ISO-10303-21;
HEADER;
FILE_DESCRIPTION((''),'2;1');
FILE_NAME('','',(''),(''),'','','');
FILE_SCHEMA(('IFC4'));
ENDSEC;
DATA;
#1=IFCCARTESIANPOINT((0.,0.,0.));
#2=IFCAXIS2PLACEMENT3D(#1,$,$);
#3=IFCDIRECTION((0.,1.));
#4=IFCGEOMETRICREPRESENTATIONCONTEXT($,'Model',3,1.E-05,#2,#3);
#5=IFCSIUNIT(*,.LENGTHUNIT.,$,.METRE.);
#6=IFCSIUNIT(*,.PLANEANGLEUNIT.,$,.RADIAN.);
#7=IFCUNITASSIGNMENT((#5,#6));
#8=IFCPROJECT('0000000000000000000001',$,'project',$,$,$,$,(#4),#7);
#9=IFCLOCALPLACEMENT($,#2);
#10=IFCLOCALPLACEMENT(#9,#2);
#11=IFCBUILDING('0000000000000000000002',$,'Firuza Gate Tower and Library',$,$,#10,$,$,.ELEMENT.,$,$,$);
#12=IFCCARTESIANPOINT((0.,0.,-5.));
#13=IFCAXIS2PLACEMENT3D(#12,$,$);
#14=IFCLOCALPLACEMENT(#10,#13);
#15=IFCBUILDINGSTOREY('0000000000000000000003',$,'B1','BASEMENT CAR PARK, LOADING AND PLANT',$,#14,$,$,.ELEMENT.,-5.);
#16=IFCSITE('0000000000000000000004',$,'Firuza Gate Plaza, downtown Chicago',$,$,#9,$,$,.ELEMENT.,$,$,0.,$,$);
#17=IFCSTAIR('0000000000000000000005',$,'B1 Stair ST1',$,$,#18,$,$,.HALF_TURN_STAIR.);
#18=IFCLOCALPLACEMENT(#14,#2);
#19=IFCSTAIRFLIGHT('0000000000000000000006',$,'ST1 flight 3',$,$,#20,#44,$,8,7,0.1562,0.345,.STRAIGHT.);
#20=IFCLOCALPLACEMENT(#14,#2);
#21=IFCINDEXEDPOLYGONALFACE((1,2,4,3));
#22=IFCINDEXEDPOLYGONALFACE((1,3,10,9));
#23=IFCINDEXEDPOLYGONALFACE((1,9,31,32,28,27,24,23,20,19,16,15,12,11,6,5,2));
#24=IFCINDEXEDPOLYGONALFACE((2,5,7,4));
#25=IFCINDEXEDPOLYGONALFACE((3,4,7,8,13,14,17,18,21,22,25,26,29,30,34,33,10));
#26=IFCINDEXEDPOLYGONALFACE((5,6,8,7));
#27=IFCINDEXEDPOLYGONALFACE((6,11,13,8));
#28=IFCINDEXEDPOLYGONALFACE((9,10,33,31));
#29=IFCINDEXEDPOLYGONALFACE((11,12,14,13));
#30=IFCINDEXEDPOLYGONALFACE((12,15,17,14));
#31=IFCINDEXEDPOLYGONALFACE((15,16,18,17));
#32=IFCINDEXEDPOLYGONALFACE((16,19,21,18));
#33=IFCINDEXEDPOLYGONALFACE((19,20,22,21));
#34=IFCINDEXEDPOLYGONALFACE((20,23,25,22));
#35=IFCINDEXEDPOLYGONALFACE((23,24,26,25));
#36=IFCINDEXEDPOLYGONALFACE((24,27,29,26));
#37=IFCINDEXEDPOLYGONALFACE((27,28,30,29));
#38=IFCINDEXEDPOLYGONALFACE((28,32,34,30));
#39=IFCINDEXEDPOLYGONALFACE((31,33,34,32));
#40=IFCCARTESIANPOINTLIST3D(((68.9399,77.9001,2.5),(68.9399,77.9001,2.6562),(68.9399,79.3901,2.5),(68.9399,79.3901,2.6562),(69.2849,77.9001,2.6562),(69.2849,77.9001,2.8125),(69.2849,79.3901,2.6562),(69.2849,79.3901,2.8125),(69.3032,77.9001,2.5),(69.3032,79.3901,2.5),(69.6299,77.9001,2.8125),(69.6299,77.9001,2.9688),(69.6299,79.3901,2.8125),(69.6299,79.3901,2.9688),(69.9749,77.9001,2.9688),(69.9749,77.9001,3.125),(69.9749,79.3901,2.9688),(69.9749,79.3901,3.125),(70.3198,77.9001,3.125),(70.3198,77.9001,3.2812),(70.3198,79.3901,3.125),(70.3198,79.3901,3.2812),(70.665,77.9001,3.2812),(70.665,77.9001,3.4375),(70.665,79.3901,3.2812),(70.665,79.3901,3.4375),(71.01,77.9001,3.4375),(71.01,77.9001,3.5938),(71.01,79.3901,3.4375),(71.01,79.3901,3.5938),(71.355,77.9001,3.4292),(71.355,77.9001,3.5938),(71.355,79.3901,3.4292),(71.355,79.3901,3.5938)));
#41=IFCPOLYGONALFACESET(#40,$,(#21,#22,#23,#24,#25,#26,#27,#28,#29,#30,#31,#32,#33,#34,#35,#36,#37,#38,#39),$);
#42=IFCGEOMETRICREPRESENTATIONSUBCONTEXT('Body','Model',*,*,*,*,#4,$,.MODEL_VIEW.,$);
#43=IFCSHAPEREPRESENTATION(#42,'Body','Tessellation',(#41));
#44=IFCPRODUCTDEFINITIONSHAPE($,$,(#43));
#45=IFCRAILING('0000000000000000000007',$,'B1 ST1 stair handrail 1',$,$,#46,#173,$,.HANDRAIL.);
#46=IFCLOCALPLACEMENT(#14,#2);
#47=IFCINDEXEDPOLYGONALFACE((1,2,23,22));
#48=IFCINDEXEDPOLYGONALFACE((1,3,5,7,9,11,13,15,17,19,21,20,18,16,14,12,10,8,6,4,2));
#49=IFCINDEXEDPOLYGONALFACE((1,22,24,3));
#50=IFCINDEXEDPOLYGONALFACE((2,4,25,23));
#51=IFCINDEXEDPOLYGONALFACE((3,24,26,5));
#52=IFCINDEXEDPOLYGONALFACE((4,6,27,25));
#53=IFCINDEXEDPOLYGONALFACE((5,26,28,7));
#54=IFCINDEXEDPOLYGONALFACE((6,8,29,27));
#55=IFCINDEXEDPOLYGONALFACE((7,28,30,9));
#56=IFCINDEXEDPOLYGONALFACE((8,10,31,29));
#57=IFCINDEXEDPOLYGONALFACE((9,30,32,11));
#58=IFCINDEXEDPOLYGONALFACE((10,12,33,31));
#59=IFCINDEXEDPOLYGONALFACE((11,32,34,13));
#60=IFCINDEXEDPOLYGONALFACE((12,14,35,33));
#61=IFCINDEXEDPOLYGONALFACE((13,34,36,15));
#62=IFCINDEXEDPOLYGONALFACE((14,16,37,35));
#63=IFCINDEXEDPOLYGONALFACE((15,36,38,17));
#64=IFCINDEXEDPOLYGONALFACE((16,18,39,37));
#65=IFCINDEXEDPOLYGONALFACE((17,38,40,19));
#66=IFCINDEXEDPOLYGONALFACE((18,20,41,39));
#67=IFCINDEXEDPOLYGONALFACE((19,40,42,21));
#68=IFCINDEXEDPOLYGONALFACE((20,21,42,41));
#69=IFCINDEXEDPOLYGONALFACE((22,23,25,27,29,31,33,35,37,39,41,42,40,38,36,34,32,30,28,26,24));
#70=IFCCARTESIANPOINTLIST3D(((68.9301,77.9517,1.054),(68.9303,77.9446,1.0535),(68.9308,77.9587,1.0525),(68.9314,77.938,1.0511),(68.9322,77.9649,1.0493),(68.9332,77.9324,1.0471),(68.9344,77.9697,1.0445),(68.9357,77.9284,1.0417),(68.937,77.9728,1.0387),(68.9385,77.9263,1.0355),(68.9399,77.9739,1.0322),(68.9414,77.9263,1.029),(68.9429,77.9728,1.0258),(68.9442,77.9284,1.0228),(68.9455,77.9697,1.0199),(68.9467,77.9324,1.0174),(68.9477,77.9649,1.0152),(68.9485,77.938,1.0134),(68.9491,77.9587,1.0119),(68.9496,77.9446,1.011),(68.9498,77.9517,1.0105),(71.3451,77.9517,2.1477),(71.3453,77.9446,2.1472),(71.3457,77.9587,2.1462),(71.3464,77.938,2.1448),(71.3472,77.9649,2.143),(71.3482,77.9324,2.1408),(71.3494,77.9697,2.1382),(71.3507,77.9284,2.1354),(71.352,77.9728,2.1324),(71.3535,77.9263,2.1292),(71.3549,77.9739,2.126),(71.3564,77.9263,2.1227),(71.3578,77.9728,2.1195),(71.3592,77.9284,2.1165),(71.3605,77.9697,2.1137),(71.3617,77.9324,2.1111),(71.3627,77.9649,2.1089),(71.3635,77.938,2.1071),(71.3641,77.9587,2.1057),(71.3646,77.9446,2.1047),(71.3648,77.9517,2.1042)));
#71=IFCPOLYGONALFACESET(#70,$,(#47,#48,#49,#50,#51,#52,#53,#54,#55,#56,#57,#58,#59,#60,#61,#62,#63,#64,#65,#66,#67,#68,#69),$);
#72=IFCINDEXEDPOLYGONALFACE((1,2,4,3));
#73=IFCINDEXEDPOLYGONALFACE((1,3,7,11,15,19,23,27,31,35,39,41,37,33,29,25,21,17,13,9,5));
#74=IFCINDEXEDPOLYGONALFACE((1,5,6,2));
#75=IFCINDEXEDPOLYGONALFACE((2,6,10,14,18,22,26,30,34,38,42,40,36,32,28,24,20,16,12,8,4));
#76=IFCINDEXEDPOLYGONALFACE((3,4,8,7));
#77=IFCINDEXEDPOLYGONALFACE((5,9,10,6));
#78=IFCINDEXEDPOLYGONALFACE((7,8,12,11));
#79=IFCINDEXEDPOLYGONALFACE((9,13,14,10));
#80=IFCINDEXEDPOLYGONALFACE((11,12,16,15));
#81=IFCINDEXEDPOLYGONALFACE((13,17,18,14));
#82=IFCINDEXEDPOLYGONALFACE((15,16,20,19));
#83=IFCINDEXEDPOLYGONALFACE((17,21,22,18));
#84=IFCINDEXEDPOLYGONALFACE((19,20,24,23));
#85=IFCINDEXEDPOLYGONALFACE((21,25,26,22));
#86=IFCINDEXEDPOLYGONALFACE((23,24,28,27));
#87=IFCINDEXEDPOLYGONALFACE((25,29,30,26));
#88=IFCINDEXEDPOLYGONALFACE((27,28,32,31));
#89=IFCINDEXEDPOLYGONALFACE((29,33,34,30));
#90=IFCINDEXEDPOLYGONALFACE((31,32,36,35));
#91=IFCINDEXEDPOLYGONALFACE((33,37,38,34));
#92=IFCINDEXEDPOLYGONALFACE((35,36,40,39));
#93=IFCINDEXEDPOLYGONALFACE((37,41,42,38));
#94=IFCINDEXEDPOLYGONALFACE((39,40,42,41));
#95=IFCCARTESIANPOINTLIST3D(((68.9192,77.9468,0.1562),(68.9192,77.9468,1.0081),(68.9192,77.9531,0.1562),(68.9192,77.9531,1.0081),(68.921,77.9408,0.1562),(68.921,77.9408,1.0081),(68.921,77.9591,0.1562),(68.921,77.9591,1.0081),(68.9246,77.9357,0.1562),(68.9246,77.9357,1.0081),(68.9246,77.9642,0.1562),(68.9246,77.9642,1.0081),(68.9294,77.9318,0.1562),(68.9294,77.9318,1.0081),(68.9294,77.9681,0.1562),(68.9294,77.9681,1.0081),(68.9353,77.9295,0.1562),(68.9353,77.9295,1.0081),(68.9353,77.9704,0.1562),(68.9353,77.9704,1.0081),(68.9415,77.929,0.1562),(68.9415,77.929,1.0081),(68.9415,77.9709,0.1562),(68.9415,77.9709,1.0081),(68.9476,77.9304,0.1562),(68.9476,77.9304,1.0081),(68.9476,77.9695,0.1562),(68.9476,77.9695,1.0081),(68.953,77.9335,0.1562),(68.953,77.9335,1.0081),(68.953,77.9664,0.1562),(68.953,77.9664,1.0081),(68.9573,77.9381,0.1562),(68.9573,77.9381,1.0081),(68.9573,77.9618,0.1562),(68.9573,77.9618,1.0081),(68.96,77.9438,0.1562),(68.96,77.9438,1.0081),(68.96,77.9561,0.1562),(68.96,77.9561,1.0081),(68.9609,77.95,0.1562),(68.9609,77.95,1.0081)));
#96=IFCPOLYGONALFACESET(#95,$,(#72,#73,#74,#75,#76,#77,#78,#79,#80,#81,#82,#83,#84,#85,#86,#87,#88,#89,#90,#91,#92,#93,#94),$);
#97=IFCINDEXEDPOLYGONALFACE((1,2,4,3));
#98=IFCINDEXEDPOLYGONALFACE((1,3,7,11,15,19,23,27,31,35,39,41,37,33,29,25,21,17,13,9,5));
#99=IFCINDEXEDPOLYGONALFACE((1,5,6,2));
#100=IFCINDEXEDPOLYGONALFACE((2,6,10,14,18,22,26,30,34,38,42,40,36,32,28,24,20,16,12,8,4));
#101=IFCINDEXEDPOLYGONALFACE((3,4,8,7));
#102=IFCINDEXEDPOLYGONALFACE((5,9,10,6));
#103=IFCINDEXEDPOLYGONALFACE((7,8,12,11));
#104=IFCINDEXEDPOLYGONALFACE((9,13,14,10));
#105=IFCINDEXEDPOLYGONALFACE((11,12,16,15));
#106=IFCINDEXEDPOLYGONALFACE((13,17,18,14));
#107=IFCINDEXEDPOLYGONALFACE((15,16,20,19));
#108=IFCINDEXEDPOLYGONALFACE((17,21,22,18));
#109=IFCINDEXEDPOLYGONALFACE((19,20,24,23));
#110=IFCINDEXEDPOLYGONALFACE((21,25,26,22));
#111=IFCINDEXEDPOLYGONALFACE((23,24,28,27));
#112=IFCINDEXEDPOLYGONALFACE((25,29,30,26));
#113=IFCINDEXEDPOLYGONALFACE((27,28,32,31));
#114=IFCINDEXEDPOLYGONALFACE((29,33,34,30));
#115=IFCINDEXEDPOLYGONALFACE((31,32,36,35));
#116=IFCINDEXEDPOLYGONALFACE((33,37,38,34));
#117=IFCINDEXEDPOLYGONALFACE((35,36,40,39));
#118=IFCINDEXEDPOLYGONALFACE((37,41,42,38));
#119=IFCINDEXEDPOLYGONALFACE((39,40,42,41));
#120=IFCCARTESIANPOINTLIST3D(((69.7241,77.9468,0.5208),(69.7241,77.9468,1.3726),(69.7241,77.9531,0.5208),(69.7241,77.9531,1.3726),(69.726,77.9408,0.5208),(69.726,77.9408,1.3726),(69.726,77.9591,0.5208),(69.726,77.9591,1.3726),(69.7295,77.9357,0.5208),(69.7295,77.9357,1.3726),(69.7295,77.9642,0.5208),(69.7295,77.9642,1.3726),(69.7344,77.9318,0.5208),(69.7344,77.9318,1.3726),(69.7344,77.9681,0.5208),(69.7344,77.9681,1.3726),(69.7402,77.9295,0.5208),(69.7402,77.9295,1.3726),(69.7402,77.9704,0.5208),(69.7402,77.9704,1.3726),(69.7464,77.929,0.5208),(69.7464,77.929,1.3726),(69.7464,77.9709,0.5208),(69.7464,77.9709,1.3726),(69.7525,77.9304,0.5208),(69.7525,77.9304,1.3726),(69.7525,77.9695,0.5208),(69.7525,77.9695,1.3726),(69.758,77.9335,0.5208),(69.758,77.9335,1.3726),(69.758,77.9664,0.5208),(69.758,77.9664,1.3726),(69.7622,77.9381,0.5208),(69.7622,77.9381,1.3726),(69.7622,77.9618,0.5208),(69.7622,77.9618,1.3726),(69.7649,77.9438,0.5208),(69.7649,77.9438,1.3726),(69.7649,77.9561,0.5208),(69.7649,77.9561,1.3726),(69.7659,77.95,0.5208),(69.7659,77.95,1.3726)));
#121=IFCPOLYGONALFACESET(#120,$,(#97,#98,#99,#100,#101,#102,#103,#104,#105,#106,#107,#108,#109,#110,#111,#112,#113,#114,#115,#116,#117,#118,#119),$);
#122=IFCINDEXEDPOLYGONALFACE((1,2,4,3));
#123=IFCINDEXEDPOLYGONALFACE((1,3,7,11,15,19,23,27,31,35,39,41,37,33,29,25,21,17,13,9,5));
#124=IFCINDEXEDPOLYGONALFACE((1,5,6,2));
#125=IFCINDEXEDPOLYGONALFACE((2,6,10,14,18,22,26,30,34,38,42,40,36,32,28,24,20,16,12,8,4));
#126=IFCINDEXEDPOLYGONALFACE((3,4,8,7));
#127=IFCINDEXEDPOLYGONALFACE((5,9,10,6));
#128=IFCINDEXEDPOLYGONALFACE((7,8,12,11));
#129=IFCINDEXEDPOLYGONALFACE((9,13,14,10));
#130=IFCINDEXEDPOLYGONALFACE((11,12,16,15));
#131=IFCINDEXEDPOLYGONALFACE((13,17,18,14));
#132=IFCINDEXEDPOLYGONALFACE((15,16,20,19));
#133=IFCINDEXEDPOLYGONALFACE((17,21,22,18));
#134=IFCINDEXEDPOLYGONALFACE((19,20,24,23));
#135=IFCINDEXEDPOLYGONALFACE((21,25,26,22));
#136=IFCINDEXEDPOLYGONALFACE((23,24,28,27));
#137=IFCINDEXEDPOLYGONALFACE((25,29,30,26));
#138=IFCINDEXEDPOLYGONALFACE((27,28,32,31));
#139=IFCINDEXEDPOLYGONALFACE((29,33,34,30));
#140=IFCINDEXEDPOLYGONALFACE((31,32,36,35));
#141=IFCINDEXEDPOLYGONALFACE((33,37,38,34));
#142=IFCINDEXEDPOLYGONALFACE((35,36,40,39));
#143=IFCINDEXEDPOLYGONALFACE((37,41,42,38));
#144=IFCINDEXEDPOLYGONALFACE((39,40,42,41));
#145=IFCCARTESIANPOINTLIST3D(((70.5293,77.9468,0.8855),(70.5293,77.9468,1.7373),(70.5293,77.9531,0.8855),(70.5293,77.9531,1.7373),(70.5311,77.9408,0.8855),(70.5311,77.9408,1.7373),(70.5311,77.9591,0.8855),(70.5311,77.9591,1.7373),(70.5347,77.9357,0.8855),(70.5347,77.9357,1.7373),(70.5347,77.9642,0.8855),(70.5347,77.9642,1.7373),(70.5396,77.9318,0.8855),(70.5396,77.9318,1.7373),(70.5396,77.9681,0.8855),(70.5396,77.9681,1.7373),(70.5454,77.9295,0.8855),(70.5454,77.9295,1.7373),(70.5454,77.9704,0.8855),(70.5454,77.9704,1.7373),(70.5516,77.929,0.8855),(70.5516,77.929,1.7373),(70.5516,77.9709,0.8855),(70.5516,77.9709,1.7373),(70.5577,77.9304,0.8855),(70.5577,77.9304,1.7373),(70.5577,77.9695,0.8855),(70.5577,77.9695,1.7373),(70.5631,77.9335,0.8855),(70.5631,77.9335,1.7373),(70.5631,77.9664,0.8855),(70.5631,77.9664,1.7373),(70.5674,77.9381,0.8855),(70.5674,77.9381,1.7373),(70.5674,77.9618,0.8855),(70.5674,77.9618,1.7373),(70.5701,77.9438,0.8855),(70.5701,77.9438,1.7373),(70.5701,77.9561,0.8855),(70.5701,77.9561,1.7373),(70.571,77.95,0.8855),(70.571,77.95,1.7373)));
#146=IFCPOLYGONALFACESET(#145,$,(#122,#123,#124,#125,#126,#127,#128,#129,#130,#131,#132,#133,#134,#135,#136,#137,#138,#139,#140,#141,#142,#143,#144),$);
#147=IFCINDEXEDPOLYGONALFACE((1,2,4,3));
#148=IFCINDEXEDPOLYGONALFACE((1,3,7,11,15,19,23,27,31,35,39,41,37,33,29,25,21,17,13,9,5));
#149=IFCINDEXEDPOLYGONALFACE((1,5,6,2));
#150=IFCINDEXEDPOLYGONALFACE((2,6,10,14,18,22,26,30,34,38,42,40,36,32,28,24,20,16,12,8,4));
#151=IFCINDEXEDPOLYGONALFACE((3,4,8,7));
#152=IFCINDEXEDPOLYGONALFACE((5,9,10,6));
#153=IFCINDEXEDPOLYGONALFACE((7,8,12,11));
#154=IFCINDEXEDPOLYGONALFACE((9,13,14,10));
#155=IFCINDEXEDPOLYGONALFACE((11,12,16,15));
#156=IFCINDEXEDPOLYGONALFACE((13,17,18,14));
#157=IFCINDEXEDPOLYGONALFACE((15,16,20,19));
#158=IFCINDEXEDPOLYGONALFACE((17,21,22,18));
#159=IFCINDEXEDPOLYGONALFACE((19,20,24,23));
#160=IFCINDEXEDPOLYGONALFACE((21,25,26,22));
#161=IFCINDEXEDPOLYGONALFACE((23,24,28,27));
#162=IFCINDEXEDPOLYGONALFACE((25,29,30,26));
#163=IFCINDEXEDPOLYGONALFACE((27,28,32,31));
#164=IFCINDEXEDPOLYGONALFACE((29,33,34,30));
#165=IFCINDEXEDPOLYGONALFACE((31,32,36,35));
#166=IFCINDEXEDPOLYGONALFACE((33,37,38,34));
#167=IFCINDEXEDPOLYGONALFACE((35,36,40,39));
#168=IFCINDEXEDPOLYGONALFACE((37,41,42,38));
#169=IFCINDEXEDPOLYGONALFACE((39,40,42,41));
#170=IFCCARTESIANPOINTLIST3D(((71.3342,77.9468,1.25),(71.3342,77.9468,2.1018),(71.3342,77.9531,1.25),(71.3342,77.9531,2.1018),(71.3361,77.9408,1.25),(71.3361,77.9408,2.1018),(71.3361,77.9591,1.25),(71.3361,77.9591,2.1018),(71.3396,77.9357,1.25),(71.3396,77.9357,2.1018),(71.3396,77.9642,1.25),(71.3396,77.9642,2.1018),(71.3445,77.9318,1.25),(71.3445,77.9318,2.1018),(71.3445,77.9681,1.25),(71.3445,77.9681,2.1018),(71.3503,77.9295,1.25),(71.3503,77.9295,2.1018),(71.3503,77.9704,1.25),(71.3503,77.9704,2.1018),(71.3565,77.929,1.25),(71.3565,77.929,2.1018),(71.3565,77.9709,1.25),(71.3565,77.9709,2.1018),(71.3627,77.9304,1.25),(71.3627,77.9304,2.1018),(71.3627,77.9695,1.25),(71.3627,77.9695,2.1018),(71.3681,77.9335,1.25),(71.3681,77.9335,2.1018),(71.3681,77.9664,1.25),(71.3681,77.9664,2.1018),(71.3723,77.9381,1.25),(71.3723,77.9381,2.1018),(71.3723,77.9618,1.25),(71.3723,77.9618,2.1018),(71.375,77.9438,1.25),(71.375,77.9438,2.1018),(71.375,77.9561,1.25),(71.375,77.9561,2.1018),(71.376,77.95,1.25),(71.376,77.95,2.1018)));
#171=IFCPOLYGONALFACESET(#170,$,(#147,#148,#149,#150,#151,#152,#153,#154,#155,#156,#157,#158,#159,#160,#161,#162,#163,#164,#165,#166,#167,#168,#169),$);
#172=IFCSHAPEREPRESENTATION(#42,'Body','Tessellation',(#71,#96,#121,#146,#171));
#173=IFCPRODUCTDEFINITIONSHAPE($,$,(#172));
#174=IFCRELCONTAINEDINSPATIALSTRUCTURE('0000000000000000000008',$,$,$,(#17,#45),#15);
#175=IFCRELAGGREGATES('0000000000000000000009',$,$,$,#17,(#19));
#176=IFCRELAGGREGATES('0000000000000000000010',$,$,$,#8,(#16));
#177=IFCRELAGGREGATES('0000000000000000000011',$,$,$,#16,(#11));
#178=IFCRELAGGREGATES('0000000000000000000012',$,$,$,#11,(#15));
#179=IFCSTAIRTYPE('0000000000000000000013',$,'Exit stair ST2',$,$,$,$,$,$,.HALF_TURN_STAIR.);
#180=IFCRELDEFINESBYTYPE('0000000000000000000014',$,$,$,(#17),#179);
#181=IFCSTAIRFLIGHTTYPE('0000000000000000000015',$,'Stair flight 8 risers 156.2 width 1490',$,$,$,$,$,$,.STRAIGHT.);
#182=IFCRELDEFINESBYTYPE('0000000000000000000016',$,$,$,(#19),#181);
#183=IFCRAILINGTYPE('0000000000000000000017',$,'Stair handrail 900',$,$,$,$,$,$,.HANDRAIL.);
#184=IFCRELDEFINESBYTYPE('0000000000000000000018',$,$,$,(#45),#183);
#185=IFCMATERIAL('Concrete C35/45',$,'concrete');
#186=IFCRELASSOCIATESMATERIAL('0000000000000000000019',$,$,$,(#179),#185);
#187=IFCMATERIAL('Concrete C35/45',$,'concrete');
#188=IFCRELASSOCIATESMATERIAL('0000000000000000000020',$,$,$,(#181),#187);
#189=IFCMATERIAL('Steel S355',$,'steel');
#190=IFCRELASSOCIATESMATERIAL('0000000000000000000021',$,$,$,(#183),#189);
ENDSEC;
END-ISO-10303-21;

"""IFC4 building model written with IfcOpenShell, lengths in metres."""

from ifc_helpers import new_model, si_unit, direction, frame, origin, origin_2d, place, context, subcontext, project, spatial, polyline, circle, outline, extrude, material, type_object, element, aggregate, save


model = new_model("IFC4")

# Units and contexts
model_context = context("Model", 3, precision=1e-05, world=origin(), true_north=direction((0.0, 1.0)))
body_context = subcontext(model_context, "Body", "Model", "MODEL_VIEW")
ifc_project = project(units=[si_unit("LENGTHUNIT", "METRE"), si_unit("PLANEANGLEUNIT", "RADIAN")], contexts=[model_context])

# Site, building, storey
site_placement = place(None, origin())
site = spatial("IfcSite", under=ifc_project, at=site_placement, Name="Firuza Gate Plaza, downtown Chicago", CompositionType="ELEMENT", RefElevation=0.0)
building_placement = place(site_placement, origin())
building = spatial("IfcBuilding", under=site, at=building_placement, Name="Firuza Gate Tower and Library", CompositionType="ELEMENT")
storey_placement = place(building_placement, frame((0.0, 0.0, -5.0)))
storey = spatial("IfcBuildingStorey", under=building, at=storey_placement, Name="B1", Description="BASEMENT CAR PARK, LOADING AND PLANT", CompositionType="ELEMENT", Elevation=-5.0)

# Stair, stair flight
ifc_material_1 = material(Name="Concrete C35/45", Category="concrete")
stair_type = type_object("IfcStairType", Name="Exit stair ST2", PredefinedType="HALF_TURN_STAIR", material=ifc_material_1)
stair_placement = place(storey_placement, origin())
stair = element("IfcStair", 1, at=stair_placement, inside=storey, type_object=stair_type, Name="B1 Stair ST1", PredefinedType="HALF_TURN_STAIR")
ifc_material_2 = material(Name="Concrete C35/45", Category="concrete")
stair_flight_type = type_object("IfcStairFlightType", Name="Stair flight 8 risers 156.2 width 1490", PredefinedType="STRAIGHT", material=ifc_material_2)
stair_flight_1_placement = place(storey_placement, frame((68.9399, 78.645, 2.5), z_axis=(0.0, 0.0, 1.0), x_axis=(1.0, 0.0, 0.0)))
stair_flight_1 = element("IfcStairFlight", 2, at=stair_flight_1_placement, type_object=stair_flight_type, Name="ST1 flight 3", NumberOfRisers=8, NumberOfTreads=7, PredefinedType="STRAIGHT", RiserHeight=0.1562, TreadLength=0.345, context=body_context, shape_type="SweptSolid", body=[
    extrude(outline(polyline([(0.0, 0.0), (0.0, 0.1562), (0.345, 0.1562), (0.345, 0.3125), (0.6899, 0.3125), (0.6899, 0.4688), (1.0349, 0.4688), (1.0349, 0.625), (1.3799, 0.625), (1.3799, 0.7812), (1.7251, 0.7812), (1.7251, 0.9375), (2.0701, 0.9375), (2.0701, 1.0938), (2.415, 1.0938), (2.415, 1.25), (2.415, 0.9292), (0.3633, 0.0), (0.0, 0.0)])), frame((0.0, 0.7451, 0.0), z_axis=(0.0, -1.0, 0.0), x_axis=(1.0, 0.0, 0.0)), (0.0, 0.0, 1.0), 1.49),
])
aggregate(stair, [stair_flight_1])

# Railing
ifc_material_3 = material(Name="Steel S355", Category="steel")
railing_type_1 = type_object("IfcRailingType", Name="Stair handrail 900", PredefinedType="HANDRAIL", material=ifc_material_3)
for number, where, name in (
    (3, (68.9399, 77.95, 0.1562), "B1 ST1 stair handrail 1"),
):
    element("IfcRailing", number, at=place(storey_placement, frame(where)), inside=storey, type_object=railing_type_1, Name=name, PredefinedType="HANDRAIL", context=body_context, shape_type="SweptSolid", body=[
        extrude(circle(Radius=0.0239, at=origin_2d()), frame((0.0, 0.0, 0.876), z_axis=(0.910933, 0.0, 0.412554), x_axis=(0.0, 1.0, 0.0)), (0.0, 0.0, 1.0), 2.6511),
        extrude(circle(Radius=0.021, at=origin_2d()), origin(), (0.0, 0.0, 1.0), 0.8518),
        extrude(circle(Radius=0.021, at=origin_2d()), frame((0.8049, 0.0, 0.3645)), (0.0, 0.0, 1.0), 0.8518),
        extrude(circle(Radius=0.021, at=origin_2d()), frame((1.6101, 0.0, 0.7292)), (0.0, 0.0, 1.0), 0.8518),
        extrude(circle(Radius=0.021, at=origin_2d()), frame((2.415, 0.0, 1.0938)), (0.0, 0.0, 1.0), 0.8518),
    ])

save(model, "model.ifc")
